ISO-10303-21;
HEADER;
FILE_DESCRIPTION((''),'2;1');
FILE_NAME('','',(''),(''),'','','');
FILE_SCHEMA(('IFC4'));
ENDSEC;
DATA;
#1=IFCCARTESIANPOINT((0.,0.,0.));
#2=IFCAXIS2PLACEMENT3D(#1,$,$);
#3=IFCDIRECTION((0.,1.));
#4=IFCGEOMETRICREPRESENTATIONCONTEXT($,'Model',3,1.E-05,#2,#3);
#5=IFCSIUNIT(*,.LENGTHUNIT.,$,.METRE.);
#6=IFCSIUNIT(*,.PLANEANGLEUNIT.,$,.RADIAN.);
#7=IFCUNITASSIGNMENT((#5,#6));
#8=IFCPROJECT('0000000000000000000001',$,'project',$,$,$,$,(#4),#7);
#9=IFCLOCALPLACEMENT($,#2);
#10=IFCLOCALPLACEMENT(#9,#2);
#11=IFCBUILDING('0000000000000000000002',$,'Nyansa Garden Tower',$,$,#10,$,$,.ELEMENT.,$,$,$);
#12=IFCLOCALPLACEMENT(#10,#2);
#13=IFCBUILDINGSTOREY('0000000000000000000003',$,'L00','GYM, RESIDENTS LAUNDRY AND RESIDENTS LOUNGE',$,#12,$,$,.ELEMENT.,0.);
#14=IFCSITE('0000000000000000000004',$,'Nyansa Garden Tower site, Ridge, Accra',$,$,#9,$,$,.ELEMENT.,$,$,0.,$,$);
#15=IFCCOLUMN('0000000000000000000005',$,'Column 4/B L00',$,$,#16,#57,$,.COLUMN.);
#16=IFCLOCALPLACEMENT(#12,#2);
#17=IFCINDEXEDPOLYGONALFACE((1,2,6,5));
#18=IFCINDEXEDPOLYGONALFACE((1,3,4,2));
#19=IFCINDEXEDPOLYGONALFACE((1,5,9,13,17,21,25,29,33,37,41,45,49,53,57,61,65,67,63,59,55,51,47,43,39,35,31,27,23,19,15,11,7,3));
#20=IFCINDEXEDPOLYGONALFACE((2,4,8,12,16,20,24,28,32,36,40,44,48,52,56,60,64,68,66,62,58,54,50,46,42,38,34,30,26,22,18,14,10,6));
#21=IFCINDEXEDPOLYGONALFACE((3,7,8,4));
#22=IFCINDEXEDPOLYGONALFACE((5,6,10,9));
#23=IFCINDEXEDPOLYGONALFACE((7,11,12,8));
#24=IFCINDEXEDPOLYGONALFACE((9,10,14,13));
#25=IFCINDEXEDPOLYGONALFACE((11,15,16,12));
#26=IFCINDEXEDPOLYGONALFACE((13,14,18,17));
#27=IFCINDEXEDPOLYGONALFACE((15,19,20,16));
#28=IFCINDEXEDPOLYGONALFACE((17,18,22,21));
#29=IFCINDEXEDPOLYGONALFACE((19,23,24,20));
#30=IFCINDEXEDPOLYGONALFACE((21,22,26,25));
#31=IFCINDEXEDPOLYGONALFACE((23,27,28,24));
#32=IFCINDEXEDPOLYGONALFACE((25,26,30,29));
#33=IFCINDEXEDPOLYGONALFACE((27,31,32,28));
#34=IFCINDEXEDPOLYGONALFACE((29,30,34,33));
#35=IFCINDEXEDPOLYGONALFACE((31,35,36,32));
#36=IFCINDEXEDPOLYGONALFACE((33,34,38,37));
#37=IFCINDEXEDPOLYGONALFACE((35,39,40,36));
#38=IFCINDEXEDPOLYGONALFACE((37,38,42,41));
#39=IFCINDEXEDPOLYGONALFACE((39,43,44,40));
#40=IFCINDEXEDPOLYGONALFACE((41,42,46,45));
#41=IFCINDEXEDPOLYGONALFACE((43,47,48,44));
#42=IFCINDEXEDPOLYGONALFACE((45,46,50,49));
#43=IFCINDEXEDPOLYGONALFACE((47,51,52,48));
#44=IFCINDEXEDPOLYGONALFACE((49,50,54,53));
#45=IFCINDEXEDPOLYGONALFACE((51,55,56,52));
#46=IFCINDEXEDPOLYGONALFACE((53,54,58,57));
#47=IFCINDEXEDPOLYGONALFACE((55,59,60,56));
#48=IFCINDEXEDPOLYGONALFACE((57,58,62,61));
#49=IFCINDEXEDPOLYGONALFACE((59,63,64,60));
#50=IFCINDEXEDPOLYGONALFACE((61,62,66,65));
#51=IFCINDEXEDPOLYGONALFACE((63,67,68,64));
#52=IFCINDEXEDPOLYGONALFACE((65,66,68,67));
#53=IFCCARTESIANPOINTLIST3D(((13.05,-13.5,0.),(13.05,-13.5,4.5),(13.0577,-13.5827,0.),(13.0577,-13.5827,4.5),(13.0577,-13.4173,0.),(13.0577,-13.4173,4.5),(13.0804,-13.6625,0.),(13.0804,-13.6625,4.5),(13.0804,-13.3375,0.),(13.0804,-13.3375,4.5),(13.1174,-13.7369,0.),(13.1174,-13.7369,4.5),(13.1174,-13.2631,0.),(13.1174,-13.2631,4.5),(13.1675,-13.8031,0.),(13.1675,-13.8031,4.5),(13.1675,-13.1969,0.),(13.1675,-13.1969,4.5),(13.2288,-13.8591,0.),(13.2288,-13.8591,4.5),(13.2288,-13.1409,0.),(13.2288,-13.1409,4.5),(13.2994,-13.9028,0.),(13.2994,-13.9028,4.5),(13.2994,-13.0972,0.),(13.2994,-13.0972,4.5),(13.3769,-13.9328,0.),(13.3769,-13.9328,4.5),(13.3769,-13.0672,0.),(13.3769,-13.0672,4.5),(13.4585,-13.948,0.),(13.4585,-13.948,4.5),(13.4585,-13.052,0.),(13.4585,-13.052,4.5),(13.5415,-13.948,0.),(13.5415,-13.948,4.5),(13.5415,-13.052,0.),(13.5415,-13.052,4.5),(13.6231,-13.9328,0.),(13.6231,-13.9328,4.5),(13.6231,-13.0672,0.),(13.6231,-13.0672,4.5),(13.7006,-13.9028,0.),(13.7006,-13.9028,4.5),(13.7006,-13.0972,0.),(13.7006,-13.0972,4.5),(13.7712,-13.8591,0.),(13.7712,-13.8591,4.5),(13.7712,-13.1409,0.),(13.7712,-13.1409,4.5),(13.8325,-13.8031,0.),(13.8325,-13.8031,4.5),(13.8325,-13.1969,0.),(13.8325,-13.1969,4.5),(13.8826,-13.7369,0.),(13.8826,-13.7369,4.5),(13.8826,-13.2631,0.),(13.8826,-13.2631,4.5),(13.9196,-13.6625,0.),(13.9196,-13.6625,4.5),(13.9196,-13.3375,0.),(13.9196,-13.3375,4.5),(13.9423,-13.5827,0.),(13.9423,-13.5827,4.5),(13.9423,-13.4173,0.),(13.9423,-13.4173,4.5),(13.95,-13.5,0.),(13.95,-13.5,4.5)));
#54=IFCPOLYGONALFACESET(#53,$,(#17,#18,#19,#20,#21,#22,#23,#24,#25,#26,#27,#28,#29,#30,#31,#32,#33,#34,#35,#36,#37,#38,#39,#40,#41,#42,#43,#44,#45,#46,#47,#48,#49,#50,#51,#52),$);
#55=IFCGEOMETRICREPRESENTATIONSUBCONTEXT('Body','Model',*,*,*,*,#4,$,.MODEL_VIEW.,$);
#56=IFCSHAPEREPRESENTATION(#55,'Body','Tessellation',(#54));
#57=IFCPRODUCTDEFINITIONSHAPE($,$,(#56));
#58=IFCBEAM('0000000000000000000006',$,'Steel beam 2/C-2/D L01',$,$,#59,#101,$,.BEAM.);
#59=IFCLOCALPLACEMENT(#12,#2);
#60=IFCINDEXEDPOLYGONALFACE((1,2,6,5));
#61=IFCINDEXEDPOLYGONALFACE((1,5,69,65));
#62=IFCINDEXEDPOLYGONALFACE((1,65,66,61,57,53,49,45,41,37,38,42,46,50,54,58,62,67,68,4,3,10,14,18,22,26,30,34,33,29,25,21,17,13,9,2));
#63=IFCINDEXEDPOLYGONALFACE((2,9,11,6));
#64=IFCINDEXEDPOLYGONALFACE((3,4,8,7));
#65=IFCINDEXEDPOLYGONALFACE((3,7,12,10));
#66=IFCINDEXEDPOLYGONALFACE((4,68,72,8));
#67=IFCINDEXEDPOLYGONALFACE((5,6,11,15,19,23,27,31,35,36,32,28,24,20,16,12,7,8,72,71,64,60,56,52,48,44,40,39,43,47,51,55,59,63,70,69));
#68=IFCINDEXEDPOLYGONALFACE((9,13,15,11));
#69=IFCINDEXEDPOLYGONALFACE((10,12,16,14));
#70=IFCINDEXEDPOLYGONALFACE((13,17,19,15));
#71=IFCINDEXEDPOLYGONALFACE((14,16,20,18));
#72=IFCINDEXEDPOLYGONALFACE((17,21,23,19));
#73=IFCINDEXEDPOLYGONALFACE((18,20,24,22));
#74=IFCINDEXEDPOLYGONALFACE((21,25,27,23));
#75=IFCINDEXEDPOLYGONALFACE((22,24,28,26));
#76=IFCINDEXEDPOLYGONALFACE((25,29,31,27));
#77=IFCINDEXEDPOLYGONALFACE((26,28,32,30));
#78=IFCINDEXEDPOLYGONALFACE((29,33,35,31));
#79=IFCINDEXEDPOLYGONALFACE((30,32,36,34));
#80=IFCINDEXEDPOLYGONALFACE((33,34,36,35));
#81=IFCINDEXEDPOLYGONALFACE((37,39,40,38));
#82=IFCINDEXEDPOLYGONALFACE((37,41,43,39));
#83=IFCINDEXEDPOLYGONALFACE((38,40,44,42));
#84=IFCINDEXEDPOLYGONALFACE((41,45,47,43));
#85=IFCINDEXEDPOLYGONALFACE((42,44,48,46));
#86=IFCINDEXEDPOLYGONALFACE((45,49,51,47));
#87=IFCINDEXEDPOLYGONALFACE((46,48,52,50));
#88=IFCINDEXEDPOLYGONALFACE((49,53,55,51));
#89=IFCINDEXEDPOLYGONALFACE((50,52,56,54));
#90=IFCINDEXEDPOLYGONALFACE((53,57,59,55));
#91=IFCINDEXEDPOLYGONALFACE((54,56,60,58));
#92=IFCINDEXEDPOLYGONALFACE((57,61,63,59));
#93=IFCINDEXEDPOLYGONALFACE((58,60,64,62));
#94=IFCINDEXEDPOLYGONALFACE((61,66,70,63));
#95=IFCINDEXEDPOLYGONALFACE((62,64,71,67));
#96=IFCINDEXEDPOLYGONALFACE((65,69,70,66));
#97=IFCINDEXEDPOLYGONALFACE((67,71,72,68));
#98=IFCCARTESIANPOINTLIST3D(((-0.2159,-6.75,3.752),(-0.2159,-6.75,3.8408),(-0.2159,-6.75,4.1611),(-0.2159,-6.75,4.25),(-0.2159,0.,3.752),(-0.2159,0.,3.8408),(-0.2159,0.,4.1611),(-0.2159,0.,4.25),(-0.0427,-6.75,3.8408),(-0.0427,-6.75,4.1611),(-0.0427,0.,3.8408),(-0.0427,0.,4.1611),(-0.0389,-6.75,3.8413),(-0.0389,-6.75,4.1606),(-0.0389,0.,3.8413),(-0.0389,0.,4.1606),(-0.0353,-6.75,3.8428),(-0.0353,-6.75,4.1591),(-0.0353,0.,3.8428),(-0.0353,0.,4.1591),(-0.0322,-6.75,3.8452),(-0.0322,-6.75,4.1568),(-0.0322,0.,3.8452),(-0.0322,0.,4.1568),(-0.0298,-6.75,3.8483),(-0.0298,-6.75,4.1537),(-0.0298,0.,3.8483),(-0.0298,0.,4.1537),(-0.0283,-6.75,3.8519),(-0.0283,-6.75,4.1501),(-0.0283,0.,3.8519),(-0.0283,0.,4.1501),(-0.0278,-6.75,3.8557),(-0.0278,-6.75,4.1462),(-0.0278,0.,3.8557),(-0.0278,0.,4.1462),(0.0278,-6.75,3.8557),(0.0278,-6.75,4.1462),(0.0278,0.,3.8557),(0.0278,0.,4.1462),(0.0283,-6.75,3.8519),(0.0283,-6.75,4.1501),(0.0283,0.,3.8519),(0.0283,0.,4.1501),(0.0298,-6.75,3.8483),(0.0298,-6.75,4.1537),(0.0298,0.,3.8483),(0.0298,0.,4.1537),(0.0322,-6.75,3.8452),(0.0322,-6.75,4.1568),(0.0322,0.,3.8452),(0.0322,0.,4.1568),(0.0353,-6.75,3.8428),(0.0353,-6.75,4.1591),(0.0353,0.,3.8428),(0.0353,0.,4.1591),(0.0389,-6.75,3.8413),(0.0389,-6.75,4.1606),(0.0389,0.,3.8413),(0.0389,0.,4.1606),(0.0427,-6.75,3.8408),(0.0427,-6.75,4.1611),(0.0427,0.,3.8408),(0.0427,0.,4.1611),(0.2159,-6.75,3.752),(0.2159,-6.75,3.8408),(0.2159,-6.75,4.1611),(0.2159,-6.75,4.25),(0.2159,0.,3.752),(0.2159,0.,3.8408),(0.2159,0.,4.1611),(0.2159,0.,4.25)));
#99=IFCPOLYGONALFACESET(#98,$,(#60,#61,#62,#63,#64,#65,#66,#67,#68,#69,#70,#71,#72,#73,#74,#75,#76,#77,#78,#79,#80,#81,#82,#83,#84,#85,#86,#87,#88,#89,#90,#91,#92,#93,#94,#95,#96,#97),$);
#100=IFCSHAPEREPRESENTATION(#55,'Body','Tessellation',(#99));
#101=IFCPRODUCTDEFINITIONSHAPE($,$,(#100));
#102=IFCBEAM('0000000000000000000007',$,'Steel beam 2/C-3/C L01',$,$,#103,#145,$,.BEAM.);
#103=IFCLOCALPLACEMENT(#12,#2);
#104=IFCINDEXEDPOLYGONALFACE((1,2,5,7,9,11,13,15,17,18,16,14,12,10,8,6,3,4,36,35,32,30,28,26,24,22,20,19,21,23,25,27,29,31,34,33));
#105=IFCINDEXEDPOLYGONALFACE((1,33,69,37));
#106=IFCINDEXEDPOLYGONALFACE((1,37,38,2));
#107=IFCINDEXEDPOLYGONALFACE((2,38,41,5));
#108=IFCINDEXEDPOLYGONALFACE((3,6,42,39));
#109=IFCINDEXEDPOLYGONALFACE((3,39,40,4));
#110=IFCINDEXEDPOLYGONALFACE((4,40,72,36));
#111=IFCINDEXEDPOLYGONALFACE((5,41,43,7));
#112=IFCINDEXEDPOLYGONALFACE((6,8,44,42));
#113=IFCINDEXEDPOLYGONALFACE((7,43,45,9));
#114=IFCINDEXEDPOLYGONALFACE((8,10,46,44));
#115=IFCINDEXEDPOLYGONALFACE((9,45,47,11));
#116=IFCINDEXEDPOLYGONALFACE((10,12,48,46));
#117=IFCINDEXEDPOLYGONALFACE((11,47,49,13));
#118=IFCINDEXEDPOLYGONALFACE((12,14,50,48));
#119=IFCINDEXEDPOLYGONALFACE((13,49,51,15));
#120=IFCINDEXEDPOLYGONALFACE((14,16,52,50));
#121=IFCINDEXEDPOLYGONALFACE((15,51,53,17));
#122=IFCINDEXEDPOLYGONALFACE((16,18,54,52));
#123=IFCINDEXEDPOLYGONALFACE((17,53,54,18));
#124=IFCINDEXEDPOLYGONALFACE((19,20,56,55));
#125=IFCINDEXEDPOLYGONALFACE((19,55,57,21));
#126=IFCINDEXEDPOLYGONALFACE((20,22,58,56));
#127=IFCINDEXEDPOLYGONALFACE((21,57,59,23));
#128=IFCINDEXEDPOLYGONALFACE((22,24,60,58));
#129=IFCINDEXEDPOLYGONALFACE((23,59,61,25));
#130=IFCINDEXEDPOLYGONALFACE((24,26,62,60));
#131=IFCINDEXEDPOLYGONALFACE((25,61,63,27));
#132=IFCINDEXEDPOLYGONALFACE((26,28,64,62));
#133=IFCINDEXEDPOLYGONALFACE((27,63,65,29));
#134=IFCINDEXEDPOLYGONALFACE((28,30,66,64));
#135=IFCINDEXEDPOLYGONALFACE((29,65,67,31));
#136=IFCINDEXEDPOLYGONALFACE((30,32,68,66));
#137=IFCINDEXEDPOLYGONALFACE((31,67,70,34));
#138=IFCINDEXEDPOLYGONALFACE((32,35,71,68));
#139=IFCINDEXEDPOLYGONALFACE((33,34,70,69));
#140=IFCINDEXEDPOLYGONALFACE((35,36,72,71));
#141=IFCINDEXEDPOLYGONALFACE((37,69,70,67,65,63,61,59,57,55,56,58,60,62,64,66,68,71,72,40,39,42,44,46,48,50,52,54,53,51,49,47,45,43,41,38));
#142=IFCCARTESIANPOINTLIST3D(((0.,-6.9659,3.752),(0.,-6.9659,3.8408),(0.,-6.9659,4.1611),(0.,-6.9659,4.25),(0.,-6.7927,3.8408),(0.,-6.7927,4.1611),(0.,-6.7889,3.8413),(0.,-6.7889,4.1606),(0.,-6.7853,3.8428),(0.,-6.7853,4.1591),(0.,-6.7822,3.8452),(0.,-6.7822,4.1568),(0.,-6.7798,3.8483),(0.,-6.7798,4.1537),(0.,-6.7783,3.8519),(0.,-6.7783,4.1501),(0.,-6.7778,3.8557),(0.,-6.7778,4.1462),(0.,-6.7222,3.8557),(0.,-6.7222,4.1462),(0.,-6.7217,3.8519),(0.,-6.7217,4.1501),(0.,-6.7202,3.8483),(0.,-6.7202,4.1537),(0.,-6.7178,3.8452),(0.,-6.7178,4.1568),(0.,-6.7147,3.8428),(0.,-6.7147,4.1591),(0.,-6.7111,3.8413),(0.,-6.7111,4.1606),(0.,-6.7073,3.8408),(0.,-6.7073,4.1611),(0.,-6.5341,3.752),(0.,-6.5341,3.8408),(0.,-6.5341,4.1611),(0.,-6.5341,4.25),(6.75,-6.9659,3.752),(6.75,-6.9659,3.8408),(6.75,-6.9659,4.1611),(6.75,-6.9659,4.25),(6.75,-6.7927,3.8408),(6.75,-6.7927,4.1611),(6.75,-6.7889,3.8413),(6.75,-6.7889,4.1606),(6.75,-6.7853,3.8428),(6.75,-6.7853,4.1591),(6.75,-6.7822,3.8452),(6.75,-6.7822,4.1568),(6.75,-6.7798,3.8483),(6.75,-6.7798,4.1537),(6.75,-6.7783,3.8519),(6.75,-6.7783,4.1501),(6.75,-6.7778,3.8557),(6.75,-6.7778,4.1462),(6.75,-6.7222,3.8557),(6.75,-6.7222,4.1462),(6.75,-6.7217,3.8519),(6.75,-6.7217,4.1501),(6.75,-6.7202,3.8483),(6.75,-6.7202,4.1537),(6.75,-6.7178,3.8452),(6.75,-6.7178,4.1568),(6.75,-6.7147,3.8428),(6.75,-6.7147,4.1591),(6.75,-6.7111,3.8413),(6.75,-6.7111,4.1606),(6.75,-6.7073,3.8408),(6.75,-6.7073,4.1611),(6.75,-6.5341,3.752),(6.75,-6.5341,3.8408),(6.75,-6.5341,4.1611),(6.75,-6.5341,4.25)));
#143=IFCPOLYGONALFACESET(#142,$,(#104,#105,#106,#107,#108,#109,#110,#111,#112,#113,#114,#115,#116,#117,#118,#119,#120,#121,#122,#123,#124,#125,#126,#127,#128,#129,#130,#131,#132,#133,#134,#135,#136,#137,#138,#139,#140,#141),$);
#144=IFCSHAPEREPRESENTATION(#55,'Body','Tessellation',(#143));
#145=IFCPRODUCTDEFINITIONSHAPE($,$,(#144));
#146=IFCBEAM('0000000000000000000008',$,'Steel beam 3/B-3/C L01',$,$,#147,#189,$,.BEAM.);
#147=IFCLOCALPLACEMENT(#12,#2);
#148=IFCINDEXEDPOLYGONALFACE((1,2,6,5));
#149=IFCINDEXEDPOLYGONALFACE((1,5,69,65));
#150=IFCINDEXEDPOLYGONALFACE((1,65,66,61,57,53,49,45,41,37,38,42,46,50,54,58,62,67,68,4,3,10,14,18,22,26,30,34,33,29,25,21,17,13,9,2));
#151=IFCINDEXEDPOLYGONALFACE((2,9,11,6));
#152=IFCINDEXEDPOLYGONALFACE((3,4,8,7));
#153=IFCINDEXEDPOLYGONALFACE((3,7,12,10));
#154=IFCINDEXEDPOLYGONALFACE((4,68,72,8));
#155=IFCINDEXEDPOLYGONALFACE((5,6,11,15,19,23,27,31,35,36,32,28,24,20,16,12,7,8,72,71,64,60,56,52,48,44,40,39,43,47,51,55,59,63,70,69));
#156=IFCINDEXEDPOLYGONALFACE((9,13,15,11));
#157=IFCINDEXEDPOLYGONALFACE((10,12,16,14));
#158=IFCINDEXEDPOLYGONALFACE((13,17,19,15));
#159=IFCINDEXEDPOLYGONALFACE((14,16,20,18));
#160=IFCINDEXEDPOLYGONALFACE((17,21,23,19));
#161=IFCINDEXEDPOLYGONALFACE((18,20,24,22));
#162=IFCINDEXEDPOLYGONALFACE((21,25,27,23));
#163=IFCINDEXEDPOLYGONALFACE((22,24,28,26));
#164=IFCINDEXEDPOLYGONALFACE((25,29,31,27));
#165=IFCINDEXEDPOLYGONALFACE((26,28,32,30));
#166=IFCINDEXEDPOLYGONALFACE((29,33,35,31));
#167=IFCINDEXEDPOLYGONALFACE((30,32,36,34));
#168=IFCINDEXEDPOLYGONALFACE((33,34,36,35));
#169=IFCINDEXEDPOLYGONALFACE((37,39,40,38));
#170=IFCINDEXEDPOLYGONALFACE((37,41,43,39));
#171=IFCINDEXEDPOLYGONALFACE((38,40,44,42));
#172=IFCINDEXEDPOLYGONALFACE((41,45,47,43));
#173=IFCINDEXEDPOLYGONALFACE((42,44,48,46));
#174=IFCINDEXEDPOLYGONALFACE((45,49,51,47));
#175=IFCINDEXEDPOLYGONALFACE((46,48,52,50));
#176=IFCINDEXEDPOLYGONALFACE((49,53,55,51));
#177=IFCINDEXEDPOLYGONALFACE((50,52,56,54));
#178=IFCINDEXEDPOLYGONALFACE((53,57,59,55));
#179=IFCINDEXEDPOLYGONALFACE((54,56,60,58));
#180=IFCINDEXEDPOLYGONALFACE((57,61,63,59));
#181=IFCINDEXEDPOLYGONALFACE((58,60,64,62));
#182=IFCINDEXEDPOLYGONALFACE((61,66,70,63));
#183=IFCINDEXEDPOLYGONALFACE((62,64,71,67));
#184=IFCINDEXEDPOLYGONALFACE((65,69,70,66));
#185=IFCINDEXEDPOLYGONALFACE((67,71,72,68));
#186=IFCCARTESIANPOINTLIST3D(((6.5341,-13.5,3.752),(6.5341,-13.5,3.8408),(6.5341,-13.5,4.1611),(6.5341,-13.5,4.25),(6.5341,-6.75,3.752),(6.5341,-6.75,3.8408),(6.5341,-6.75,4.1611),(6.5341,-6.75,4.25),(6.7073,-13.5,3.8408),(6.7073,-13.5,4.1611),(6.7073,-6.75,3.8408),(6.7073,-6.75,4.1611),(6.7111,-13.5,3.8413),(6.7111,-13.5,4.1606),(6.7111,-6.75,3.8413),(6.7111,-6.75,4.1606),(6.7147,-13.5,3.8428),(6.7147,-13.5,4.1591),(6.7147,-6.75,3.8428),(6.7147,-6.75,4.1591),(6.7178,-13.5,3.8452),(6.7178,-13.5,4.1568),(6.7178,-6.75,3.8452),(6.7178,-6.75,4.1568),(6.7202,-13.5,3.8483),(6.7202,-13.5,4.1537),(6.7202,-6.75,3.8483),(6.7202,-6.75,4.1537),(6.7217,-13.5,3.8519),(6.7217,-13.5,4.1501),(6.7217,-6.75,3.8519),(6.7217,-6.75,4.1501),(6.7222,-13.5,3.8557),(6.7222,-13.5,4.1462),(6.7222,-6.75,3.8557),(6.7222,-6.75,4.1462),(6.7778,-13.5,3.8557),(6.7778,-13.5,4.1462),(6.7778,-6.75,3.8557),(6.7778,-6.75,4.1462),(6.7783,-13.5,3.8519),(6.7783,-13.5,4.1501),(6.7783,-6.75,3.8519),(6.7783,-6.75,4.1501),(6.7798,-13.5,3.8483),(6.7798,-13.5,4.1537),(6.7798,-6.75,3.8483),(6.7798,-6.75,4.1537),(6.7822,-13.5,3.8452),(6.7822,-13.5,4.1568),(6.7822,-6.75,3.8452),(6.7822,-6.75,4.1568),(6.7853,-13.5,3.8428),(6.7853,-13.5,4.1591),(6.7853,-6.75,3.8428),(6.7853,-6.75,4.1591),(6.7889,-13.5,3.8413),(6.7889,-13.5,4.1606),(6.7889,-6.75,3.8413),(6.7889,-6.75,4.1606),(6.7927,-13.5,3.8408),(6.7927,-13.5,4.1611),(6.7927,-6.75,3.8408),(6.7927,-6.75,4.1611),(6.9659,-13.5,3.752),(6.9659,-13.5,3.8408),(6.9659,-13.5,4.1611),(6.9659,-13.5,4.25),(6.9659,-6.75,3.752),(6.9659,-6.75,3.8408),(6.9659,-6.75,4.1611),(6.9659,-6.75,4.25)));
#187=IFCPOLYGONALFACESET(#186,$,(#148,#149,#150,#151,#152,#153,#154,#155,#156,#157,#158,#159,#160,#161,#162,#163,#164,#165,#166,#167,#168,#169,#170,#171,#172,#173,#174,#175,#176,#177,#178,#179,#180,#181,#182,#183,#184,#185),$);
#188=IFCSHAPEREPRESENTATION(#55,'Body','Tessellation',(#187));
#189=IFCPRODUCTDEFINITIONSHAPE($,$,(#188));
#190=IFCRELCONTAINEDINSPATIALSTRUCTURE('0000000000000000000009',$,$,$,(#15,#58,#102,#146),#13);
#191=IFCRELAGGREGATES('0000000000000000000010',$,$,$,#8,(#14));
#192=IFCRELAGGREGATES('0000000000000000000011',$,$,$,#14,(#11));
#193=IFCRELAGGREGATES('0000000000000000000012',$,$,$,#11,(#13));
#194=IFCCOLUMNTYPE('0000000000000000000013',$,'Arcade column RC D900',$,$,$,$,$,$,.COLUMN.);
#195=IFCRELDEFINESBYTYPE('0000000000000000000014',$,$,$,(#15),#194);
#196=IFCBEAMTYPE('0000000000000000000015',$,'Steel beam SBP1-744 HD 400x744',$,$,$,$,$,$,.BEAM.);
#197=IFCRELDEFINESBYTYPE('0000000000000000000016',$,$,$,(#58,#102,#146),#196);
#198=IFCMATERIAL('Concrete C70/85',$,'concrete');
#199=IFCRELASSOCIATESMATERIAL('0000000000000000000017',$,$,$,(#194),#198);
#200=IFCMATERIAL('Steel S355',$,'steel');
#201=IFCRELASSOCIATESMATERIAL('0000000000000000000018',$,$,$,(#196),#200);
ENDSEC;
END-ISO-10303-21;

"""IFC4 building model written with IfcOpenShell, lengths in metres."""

from ifc_helpers import new_model, si_unit, direction, frame, origin, origin_2d, place, context, subcontext, project, spatial, circle, i_section, extrude, material, material_profile, profile_set, type_object, element, save


model = new_model("IFC4")

# Units and contexts
model_context = context("Model", 3, precision=1e-05, world=origin(), true_north=direction((0.0, 1.0)))
body_context = subcontext(model_context, "Body", "Model", "MODEL_VIEW")
ifc_project = project(units=[si_unit("LENGTHUNIT", "METRE"), si_unit("PLANEANGLEUNIT", "RADIAN")], contexts=[model_context])

# Site, building, storey
site_placement = place(None, origin())
site = spatial("IfcSite", under=ifc_project, at=site_placement, Name="Nyansa Garden Tower site, Ridge, Accra", CompositionType="ELEMENT", RefElevation=0.0)
building_placement = place(site_placement, origin())
building = spatial("IfcBuilding", under=site, at=building_placement, Name="Nyansa Garden Tower", CompositionType="ELEMENT")
storey_placement = place(building_placement, origin())
storey = spatial("IfcBuildingStorey", under=building, at=storey_placement, Name="L00", Description="GYM, RESIDENTS LAUNDRY AND RESIDENTS LOUNGE", CompositionType="ELEMENT", Elevation=0.0)

# Column
ifc_material_1 = material(Name="Concrete C70/85", Category="concrete")
ifc_material_profile_1 = material_profile(ifc_material_1, circle(Radius=0.45, at=origin_2d()), Name="RC D900")
ifc_profile_set_1 = profile_set([ifc_material_profile_1], Name="Concrete C70/85")
column_type = type_object("IfcColumnType", Name="Arcade column RC D900", PredefinedType="COLUMN", material=ifc_profile_set_1)
for number, where, z_axis, x_axis, name in (
    (1, (13.5, -13.5, 0.0), (0.0, 0.0, 1.0), (1.0, 0.0, 0.0), "Column 4/B L00"),
):
    element("IfcColumn", number, at=place(storey_placement, frame(where, z_axis=z_axis, x_axis=x_axis)), inside=storey, type_object=column_type, Name=name, PredefinedType="COLUMN", context=body_context, shape_type="SweptSolid", body=[
        extrude(circle(Radius=0.45, at=origin_2d()), origin(), (0.0, 0.0, 1.0), 4.5),
    ])

# Beams
ifc_material_2 = material(Name="Steel S355", Category="steel")
ifc_material_profile_2 = material_profile(ifc_material_2, i_section(OverallWidth=0.4319, OverallDepth=0.498, WebThickness=0.0557, FlangeThickness=0.0889, FilletRadius=0.0149, at=origin_2d()), Name="HD 400x744")
ifc_profile_set_2 = profile_set([ifc_material_profile_2], Name="Steel S355")
beam_type_1 = type_object("IfcBeamType", Name="Steel beam SBP1-744 HD 400x744", PredefinedType="BEAM", material=ifc_profile_set_2)
for number, where, z_axis, x_axis, name in (
    (2, (0.0, -6.75, 4.001), (0.0, 1.0, 0.0), (-1.0, 0.0, 0.0), "Steel beam 2/C-2/D L01"),
    (3, (0.0, -6.75, 4.001), (1.0, 0.0, 0.0), (0.0, 1.0, 0.0), "Steel beam 2/C-3/C L01"),
    (4, (6.75, -13.5, 4.001), (0.0, 1.0, 0.0), (-1.0, 0.0, 0.0), "Steel beam 3/B-3/C L01"),
):
    element("IfcBeam", number, at=place(storey_placement, frame(where, z_axis=z_axis, x_axis=x_axis)), inside=storey, type_object=beam_type_1, Name=name, PredefinedType="BEAM", context=body_context, shape_type="SweptSolid", body=[
        extrude(i_section(OverallWidth=0.4319, OverallDepth=0.498, WebThickness=0.0557, FlangeThickness=0.0889, FilletRadius=0.0149, at=origin_2d()), origin(), (0.0, 0.0, 1.0), 6.75),
    ])

save(model, "model.ifc")
